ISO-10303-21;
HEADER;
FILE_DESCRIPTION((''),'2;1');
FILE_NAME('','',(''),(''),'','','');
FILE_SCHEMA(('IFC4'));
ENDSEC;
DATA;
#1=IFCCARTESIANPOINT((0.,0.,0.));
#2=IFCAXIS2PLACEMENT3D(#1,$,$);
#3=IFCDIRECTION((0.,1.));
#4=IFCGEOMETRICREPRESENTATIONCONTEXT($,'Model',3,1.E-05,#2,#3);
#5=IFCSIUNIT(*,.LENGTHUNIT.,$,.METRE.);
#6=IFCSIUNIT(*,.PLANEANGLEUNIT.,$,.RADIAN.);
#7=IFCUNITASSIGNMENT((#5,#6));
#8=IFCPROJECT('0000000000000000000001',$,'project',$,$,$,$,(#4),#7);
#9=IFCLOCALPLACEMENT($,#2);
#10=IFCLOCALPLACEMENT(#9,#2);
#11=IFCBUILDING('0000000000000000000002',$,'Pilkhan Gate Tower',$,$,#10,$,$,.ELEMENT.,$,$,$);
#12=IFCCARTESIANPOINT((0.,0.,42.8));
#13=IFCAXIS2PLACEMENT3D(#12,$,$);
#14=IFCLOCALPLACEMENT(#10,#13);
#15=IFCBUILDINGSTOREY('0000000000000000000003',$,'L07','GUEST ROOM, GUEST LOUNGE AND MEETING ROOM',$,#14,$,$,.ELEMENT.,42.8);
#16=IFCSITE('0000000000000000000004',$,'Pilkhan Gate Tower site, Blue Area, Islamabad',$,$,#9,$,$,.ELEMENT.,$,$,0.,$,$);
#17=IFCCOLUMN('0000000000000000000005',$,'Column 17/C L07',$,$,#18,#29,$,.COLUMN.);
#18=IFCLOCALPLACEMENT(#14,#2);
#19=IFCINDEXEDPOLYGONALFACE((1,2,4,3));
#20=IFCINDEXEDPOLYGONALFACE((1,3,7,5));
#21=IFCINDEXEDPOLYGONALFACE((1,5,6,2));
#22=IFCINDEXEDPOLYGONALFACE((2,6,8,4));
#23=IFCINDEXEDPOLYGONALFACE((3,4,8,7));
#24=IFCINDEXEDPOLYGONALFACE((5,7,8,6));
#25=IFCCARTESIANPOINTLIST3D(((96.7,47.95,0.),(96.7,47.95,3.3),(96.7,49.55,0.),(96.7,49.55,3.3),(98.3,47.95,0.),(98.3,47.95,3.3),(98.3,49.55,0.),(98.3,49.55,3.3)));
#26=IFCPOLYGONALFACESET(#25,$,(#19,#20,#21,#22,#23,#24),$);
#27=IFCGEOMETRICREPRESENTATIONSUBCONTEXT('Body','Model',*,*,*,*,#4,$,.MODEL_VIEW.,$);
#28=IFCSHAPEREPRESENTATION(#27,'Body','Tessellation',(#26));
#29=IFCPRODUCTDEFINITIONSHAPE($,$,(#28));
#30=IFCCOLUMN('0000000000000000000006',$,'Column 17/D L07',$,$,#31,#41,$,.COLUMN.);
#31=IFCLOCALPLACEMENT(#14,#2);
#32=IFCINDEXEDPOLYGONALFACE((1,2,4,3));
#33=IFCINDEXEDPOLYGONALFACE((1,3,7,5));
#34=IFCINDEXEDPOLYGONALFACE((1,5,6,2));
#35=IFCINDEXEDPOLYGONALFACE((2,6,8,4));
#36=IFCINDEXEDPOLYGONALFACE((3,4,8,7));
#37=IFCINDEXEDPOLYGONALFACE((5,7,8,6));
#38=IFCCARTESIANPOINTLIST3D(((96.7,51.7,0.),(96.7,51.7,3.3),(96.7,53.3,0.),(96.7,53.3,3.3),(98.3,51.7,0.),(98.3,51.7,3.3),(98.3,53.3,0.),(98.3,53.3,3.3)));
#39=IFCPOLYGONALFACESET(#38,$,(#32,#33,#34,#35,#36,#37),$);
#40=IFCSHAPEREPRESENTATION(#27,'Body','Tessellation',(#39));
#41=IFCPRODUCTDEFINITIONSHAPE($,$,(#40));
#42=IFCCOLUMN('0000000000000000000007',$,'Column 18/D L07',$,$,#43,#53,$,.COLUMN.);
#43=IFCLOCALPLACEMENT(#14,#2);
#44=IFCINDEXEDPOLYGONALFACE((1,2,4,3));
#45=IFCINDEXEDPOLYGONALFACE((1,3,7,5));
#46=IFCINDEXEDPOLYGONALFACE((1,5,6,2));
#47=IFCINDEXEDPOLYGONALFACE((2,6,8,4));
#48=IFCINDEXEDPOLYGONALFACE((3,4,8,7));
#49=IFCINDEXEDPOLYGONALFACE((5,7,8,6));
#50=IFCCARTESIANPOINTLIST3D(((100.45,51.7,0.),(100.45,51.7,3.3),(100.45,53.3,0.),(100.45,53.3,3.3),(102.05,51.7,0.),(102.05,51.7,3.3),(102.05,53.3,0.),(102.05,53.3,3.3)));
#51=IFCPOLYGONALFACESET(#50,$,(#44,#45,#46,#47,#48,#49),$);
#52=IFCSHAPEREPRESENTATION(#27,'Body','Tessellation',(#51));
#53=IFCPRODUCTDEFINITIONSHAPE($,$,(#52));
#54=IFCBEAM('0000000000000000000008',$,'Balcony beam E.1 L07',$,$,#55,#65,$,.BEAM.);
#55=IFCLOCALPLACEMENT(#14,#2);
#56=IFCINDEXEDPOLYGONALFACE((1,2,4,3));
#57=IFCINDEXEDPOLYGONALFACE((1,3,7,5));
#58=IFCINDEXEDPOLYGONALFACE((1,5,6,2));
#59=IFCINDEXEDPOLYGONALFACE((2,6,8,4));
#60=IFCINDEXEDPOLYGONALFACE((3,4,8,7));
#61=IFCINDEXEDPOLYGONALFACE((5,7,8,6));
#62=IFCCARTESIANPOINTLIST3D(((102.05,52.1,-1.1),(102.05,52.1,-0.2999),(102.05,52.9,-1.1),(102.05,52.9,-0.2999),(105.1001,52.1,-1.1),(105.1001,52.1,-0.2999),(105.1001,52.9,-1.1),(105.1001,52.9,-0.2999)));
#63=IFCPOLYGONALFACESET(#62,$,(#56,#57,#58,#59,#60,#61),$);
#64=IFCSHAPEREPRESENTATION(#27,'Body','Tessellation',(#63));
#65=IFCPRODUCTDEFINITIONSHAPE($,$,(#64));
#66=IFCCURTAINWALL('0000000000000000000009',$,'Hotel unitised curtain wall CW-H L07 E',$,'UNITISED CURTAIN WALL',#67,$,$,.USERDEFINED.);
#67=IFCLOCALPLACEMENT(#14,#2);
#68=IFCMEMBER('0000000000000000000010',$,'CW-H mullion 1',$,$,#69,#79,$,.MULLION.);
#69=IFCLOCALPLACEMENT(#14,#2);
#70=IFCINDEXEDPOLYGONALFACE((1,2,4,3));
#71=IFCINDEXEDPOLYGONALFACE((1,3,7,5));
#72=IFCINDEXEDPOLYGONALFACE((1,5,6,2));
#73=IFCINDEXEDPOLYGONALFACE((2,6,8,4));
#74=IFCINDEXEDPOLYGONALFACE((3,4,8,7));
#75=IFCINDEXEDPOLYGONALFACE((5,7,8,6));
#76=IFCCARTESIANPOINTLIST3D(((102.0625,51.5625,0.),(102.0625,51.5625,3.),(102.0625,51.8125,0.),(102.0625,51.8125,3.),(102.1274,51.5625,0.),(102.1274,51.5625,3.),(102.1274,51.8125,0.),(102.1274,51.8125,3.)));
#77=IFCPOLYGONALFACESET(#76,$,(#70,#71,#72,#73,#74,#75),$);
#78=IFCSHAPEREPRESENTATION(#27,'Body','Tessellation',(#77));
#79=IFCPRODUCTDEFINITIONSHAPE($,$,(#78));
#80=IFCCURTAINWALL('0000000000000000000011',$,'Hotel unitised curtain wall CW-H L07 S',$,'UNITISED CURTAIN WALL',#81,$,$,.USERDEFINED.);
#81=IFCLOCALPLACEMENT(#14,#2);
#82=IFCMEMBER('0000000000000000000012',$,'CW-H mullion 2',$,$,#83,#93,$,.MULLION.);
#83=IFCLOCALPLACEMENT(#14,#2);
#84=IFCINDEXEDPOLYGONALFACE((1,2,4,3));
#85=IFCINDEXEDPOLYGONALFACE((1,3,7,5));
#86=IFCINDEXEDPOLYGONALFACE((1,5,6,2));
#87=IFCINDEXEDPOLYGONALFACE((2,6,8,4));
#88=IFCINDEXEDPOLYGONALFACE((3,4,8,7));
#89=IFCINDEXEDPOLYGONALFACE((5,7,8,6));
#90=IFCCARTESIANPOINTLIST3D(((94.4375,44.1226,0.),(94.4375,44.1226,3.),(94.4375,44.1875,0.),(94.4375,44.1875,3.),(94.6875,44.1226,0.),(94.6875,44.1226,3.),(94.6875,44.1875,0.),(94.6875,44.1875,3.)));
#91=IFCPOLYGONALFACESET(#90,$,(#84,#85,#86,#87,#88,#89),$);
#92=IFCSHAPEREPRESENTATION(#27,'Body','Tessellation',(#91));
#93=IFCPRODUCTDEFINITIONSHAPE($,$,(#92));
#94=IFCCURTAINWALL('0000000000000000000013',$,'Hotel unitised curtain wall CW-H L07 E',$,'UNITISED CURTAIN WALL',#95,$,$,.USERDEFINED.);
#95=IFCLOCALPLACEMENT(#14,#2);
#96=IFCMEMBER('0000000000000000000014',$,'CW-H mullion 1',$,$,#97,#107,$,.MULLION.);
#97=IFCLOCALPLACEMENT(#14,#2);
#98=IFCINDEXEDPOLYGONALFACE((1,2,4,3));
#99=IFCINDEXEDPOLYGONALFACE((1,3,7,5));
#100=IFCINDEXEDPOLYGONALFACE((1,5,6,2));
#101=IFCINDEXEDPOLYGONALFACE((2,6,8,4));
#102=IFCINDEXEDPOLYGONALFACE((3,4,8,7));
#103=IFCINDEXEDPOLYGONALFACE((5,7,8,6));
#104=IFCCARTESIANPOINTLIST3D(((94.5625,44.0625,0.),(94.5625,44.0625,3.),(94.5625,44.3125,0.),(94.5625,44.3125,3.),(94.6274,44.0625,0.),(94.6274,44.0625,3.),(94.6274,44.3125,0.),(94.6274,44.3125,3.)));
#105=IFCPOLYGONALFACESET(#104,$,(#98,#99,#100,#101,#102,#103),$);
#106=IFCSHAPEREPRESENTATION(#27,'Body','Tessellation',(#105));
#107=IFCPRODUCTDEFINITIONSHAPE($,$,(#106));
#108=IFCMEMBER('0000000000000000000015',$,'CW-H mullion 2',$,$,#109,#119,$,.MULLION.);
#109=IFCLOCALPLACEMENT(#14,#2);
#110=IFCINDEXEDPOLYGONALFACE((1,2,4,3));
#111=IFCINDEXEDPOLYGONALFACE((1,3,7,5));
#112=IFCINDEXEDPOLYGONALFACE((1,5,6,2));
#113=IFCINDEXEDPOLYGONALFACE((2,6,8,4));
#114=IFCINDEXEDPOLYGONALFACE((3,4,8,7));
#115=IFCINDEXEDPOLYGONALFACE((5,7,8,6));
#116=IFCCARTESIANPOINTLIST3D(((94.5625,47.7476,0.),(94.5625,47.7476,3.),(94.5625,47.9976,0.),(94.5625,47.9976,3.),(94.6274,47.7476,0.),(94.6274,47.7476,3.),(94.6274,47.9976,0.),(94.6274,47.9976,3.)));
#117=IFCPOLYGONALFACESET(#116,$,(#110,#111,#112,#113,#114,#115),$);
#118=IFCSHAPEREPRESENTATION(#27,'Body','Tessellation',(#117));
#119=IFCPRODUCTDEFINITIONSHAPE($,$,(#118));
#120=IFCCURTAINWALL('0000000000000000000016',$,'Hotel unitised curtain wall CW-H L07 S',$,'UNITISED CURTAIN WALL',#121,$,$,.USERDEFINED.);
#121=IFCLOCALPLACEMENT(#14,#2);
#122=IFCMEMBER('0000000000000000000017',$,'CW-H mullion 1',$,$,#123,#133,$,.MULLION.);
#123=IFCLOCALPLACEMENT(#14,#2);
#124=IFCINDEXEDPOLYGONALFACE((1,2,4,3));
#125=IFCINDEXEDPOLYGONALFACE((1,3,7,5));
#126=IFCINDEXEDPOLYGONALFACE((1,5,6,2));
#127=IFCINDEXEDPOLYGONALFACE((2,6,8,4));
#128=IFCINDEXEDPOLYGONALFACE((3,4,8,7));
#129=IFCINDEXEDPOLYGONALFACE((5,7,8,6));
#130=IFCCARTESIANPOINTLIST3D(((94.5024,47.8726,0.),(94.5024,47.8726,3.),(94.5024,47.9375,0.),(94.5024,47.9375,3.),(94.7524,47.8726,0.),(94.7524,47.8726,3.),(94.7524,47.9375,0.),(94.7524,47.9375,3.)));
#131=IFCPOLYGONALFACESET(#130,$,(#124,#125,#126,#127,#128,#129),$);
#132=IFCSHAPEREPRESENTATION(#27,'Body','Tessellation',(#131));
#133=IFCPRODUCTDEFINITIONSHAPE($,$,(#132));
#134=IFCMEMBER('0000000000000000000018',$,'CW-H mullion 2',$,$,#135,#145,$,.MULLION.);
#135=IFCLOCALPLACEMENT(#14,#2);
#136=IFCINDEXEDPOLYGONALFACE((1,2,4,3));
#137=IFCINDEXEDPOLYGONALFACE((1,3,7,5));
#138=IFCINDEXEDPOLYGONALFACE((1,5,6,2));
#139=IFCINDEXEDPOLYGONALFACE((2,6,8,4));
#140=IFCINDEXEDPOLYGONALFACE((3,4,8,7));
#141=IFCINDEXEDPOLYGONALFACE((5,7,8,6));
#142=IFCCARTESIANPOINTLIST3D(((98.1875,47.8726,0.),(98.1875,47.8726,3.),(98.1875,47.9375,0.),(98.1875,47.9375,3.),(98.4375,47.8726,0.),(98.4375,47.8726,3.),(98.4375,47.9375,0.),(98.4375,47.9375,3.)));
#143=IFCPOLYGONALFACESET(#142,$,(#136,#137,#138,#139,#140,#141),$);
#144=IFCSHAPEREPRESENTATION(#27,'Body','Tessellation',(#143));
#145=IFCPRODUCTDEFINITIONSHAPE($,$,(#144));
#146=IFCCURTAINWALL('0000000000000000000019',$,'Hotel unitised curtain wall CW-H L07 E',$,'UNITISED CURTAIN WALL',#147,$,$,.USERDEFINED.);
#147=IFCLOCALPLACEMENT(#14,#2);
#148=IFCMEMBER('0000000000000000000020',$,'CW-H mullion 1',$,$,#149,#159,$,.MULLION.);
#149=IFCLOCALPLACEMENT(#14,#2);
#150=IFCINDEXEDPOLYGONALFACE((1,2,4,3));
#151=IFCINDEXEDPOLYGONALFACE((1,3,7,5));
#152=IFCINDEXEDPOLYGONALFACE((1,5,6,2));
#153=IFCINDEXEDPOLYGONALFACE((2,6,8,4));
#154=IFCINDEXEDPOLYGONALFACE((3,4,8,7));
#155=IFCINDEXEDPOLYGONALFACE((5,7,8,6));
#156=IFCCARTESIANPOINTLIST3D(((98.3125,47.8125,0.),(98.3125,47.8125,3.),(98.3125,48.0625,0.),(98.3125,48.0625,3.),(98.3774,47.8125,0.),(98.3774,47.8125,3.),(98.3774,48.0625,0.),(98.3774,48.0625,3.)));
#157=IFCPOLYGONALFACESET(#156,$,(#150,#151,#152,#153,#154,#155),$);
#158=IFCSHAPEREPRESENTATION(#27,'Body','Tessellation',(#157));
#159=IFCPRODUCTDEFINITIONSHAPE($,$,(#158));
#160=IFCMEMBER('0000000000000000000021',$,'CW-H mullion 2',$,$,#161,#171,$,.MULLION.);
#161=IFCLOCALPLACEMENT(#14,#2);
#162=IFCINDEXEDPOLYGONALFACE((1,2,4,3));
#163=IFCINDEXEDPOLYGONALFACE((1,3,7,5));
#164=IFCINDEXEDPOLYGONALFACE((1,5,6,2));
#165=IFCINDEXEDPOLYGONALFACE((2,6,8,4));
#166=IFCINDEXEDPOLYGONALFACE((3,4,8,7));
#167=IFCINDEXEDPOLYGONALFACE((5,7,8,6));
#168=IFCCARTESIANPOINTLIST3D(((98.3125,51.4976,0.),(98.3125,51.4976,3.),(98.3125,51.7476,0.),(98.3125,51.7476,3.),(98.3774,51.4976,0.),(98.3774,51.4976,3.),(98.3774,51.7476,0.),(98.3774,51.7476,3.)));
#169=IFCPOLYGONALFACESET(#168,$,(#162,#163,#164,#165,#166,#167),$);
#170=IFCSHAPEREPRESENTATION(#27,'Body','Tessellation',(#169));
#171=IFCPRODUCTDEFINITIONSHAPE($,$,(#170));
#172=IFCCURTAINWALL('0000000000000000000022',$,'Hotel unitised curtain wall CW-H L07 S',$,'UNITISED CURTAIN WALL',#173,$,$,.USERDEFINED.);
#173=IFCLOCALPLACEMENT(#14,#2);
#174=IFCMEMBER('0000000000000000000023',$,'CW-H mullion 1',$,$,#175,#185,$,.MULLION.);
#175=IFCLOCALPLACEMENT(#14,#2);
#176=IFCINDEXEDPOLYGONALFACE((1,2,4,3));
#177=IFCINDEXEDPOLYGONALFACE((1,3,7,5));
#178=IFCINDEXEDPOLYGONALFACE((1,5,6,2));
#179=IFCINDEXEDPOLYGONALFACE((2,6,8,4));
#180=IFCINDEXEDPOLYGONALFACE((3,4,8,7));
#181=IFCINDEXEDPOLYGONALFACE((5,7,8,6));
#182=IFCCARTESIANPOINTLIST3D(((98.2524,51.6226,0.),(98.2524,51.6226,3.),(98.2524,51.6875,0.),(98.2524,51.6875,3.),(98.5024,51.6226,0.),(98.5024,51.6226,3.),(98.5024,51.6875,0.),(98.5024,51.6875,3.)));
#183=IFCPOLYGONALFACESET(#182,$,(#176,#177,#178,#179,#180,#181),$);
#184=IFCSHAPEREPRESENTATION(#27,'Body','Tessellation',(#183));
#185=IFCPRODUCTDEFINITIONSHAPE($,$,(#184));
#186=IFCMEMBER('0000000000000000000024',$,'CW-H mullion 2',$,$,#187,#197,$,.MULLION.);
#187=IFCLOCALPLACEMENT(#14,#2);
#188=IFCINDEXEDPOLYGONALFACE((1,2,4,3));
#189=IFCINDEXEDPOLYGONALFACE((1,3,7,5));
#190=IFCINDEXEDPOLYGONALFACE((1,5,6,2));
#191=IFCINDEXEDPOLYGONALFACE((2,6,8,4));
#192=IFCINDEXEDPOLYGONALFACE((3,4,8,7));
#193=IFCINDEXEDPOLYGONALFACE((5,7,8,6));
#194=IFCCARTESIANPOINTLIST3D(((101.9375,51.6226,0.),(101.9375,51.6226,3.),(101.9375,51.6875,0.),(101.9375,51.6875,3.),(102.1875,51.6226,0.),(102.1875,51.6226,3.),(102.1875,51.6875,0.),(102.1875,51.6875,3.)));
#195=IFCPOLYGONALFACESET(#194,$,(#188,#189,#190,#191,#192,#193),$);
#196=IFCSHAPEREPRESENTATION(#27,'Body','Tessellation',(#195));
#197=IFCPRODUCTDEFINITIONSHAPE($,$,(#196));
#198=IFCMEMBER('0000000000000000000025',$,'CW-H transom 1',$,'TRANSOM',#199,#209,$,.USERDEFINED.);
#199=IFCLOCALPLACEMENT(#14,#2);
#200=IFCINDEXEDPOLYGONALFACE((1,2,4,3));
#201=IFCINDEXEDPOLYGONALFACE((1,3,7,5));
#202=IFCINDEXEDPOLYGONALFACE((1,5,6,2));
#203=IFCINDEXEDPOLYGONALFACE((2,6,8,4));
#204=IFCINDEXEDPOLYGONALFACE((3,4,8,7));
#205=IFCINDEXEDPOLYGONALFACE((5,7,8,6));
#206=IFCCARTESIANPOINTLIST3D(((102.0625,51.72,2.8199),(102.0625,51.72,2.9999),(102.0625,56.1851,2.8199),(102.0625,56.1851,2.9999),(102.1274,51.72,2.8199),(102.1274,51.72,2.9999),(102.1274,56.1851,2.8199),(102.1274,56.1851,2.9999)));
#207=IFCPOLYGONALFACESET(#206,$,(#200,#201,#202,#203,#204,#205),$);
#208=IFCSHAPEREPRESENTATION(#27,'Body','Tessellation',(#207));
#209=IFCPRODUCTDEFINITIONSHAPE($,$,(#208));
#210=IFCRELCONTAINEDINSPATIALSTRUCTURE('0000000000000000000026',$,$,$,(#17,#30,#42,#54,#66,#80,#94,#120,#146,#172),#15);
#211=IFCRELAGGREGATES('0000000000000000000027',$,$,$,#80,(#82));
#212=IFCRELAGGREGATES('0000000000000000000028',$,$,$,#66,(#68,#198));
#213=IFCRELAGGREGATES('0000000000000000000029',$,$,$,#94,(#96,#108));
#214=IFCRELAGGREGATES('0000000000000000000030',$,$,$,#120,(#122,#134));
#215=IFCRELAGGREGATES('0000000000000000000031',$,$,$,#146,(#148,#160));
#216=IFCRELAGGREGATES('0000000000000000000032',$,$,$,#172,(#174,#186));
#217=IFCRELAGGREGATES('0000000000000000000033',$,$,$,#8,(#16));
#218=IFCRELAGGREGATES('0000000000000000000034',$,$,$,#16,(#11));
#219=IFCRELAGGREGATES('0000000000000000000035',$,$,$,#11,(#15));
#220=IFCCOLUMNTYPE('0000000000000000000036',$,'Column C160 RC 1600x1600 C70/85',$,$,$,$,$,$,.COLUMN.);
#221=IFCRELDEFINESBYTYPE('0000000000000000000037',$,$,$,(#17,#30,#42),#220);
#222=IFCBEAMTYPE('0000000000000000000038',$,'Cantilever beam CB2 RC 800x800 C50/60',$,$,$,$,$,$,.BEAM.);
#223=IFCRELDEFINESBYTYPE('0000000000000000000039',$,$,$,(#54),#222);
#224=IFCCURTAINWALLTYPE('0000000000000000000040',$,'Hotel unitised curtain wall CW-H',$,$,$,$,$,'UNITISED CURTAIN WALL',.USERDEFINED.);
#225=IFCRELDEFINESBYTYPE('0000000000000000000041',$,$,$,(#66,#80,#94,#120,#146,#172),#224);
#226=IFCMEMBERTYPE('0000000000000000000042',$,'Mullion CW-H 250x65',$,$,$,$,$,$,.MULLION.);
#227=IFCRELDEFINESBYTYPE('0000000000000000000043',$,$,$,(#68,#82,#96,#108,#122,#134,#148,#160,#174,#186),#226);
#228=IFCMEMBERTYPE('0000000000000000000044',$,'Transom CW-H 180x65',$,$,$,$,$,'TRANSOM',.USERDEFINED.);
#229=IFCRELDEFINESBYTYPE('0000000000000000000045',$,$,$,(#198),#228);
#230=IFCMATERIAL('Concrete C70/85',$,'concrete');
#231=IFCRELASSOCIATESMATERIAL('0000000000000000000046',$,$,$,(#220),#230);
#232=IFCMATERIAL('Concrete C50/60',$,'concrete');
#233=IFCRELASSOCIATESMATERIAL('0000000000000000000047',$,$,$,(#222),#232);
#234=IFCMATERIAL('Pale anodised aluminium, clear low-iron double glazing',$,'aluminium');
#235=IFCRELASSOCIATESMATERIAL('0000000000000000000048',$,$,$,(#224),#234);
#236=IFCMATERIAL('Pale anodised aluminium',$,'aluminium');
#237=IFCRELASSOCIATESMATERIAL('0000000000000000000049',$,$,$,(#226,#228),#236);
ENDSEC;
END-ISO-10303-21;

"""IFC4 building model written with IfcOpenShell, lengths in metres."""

from ifc_helpers import new_model, si_unit, direction, frame, origin, origin_2d, place, context, subcontext, project, spatial, rectangle, extrude, material, material_profile, profile_set, type_object, element, aggregate, save


model = new_model("IFC4")

# Units and contexts
model_context = context("Model", 3, precision=1e-05, world=origin(), true_north=direction((0.0, 1.0)))
body_context = subcontext(model_context, "Body", "Model", "MODEL_VIEW")
ifc_project = project(units=[si_unit("LENGTHUNIT", "METRE"), si_unit("PLANEANGLEUNIT", "RADIAN")], contexts=[model_context])

# Site, building, storey
site_placement = place(None, origin())
site = spatial("IfcSite", under=ifc_project, at=site_placement, Name="Pilkhan Gate Tower site, Blue Area, Islamabad", CompositionType="ELEMENT", RefElevation=0.0)
building_placement = place(site_placement, origin())
building = spatial("IfcBuilding", under=site, at=building_placement, Name="Pilkhan Gate Tower", CompositionType="ELEMENT")
storey_placement = place(building_placement, frame((0.0, 0.0, 42.8)))
storey = spatial("IfcBuildingStorey", under=building, at=storey_placement, Name="L07", Description="GUEST ROOM, GUEST LOUNGE AND MEETING ROOM", CompositionType="ELEMENT", Elevation=42.8)

# Columns
ifc_material_1 = material(Name="Concrete C70/85", Category="concrete")
ifc_material_profile_1 = material_profile(ifc_material_1, rectangle(XDim=1.6001, YDim=1.6001, at=origin_2d()), Name="RC 1600x1600")
ifc_profile_set_1 = profile_set([ifc_material_profile_1], Name="Concrete C70/85")
column_type = type_object("IfcColumnType", Name="Column C160 RC 1600x1600 C70/85", PredefinedType="COLUMN", material=ifc_profile_set_1)
for number, where, z_axis, x_axis, name in (
    (1, (97.5, 48.75, 0.0), (0.0, 0.0, 1.0), (1.0, 0.0, 0.0), "Column 17/C L07"),
    (2, (97.5, 52.5, 0.0), (0.0, 0.0, 1.0), (1.0, 0.0, 0.0), "Column 17/D L07"),
    (3, (101.25, 52.5, 0.0), (0.0, 0.0, 1.0), (1.0, 0.0, 0.0), "Column 18/D L07"),
):
    element("IfcColumn", number, at=place(storey_placement, frame(where, z_axis=z_axis, x_axis=x_axis)), inside=storey, type_object=column_type, Name=name, PredefinedType="COLUMN", context=body_context, shape_type="SweptSolid", body=[
        extrude(rectangle(XDim=1.6001, YDim=1.6001, at=origin_2d()), origin(), (0.0, 0.0, 1.0), 3.3),
    ])

# Beam
ifc_material_2 = material(Name="Concrete C50/60", Category="concrete")
ifc_material_profile_2 = material_profile(ifc_material_2, rectangle(XDim=0.8, YDim=0.8, at=origin_2d()), Name="RC 800x800")
ifc_profile_set_2 = profile_set([ifc_material_profile_2], Name="Concrete C50/60")
beam_type = type_object("IfcBeamType", Name="Cantilever beam CB2 RC 800x800 C50/60", PredefinedType="BEAM", material=ifc_profile_set_2)
beam_placement = place(storey_placement, frame((102.05, 52.5, -0.7), z_axis=(1.0, 0.0, 0.0), x_axis=(0.0, 1.0, 0.0)))
element("IfcBeam", 4, at=beam_placement, inside=storey, type_object=beam_type, Name="Balcony beam E.1 L07", PredefinedType="BEAM", context=body_context, shape_type="SweptSolid", body=[
    extrude(rectangle(XDim=0.8, YDim=0.8, at=origin_2d()), origin(), (0.0, 0.0, 1.0), 3.05),
])

# Curtain walls, members
ifc_material_3 = material(Name="Pale anodised aluminium, clear low-iron double glazing", Category="aluminium")
curtain_wall_type = type_object("IfcCurtainWallType", Name="Hotel unitised curtain wall CW-H", ElementType="UNITISED CURTAIN WALL", PredefinedType="USERDEFINED", material=ifc_material_3)
curtain_wall_1_placement = place(storey_placement, origin())
curtain_wall_1 = element("IfcCurtainWall", 5, at=curtain_wall_1_placement, inside=storey, type_object=curtain_wall_type, Name="Hotel unitised curtain wall CW-H L07 E", ObjectType="UNITISED CURTAIN WALL", PredefinedType="USERDEFINED")
ifc_material_4 = material(Name="Pale anodised aluminium", Category="aluminium")
ifc_material_profile_3 = material_profile(ifc_material_4, rectangle(XDim=0.0649, YDim=0.25, at=origin_2d()), Name="Mullion 250x65")
ifc_profile_set_3 = profile_set([ifc_material_profile_3], Name="Pale anodised aluminium")
member_type_1 = type_object("IfcMemberType", Name="Mullion CW-H 250x65", PredefinedType="MULLION", material=ifc_profile_set_3)
member_1_placement = place(storey_placement, frame((102.095, 51.6875, 0.0), z_axis=(0.0, 0.0, 1.0), x_axis=(-1.0, 0.0, 0.0)))
member_1 = element("IfcMember", 6, at=member_1_placement, type_object=member_type_1, Name="CW-H mullion 1", PredefinedType="MULLION", context=body_context, shape_type="SweptSolid", body=[
    extrude(rectangle(XDim=0.0649, YDim=0.25, at=origin_2d()), origin(), (0.0, 0.0, 1.0), 3.0),
])
curtain_wall_2_placement = place(storey_placement, origin())
curtain_wall_2 = element("IfcCurtainWall", 7, at=curtain_wall_2_placement, inside=storey, type_object=curtain_wall_type, Name="Hotel unitised curtain wall CW-H L07 S", ObjectType="UNITISED CURTAIN WALL", PredefinedType="USERDEFINED")
member_2_placement = place(storey_placement, frame((94.5625, 44.155, 0.0), z_axis=(0.0, 0.0, 1.0), x_axis=(0.0, 1.0, 0.0)))
member_2 = element("IfcMember", 8, at=member_2_placement, type_object=member_type_1, Name="CW-H mullion 2", PredefinedType="MULLION", context=body_context, shape_type="SweptSolid", body=[
    extrude(rectangle(XDim=0.0649, YDim=0.25, at=origin_2d()), origin(), (0.0, 0.0, 1.0), 3.0),
])
aggregate(curtain_wall_2, [member_2])

# Curtain walls, members
curtain_wall_3_placement = place(storey_placement, origin())
curtain_wall_3 = element("IfcCurtainWall", 9, at=curtain_wall_3_placement, inside=storey, type_object=curtain_wall_type, Name="Hotel unitised curtain wall CW-H L07 E", ObjectType="UNITISED CURTAIN WALL", PredefinedType="USERDEFINED")
member_3_placement = place(storey_placement, frame((94.595, 44.1875, 0.0), z_axis=(0.0, 0.0, 1.0), x_axis=(-1.0, 0.0, 0.0)))
member_3 = element("IfcMember", 10, at=member_3_placement, type_object=member_type_1, Name="CW-H mullion 1", PredefinedType="MULLION", context=body_context, shape_type="SweptSolid", body=[
    extrude(rectangle(XDim=0.0649, YDim=0.25, at=origin_2d()), origin(), (0.0, 0.0, 1.0), 3.0),
])
member_4_placement = place(storey_placement, frame((94.595, 47.8726, 0.0), z_axis=(0.0, 0.0, 1.0), x_axis=(-1.0, 0.0, 0.0)))
member_4 = element("IfcMember", 11, at=member_4_placement, type_object=member_type_1, Name="CW-H mullion 2", PredefinedType="MULLION", context=body_context, shape_type="SweptSolid", body=[
    extrude(rectangle(XDim=0.0649, YDim=0.25, at=origin_2d()), origin(), (0.0, 0.0, 1.0), 3.0),
])
curtain_wall_4_placement = place(storey_placement, origin())
curtain_wall_4 = element("IfcCurtainWall", 12, at=curtain_wall_4_placement, inside=storey, type_object=curtain_wall_type, Name="Hotel unitised curtain wall CW-H L07 S", ObjectType="UNITISED CURTAIN WALL", PredefinedType="USERDEFINED")
member_5_placement = place(storey_placement, frame((94.6274, 47.905, 0.0), z_axis=(0.0, 0.0, 1.0), x_axis=(0.0, 1.0, 0.0)))
member_5 = element("IfcMember", 13, at=member_5_placement, type_object=member_type_1, Name="CW-H mullion 1", PredefinedType="MULLION", context=body_context, shape_type="SweptSolid", body=[
    extrude(rectangle(XDim=0.0649, YDim=0.25, at=origin_2d()), origin(), (0.0, 0.0, 1.0), 3.0),
])
member_6_placement = place(storey_placement, frame((98.3125, 47.905, 0.0), z_axis=(0.0, 0.0, 1.0), x_axis=(0.0, 1.0, 0.0)))
member_6 = element("IfcMember", 14, at=member_6_placement, type_object=member_type_1, Name="CW-H mullion 2", PredefinedType="MULLION", context=body_context, shape_type="SweptSolid", body=[
    extrude(rectangle(XDim=0.0649, YDim=0.25, at=origin_2d()), origin(), (0.0, 0.0, 1.0), 3.0),
])
curtain_wall_5_placement = place(storey_placement, origin())
curtain_wall_5 = element("IfcCurtainWall", 15, at=curtain_wall_5_placement, inside=storey, type_object=curtain_wall_type, Name="Hotel unitised curtain wall CW-H L07 E", ObjectType="UNITISED CURTAIN WALL", PredefinedType="USERDEFINED")
member_7_placement = place(storey_placement, frame((98.345, 47.9375, 0.0), z_axis=(0.0, 0.0, 1.0), x_axis=(-1.0, 0.0, 0.0)))
member_7 = element("IfcMember", 16, at=member_7_placement, type_object=member_type_1, Name="CW-H mullion 1", PredefinedType="MULLION", context=body_context, shape_type="SweptSolid", body=[
    extrude(rectangle(XDim=0.0649, YDim=0.25, at=origin_2d()), origin(), (0.0, 0.0, 1.0), 3.0),
])
member_8_placement = place(storey_placement, frame((98.345, 51.6226, 0.0), z_axis=(0.0, 0.0, 1.0), x_axis=(-1.0, 0.0, 0.0)))
member_8 = element("IfcMember", 17, at=member_8_placement, type_object=member_type_1, Name="CW-H mullion 2", PredefinedType="MULLION", context=body_context, shape_type="SweptSolid", body=[
    extrude(rectangle(XDim=0.0649, YDim=0.25, at=origin_2d()), origin(), (0.0, 0.0, 1.0), 3.0),
])
curtain_wall_6_placement = place(storey_placement, origin())
curtain_wall_6 = element("IfcCurtainWall", 18, at=curtain_wall_6_placement, inside=storey, type_object=curtain_wall_type, Name="Hotel unitised curtain wall CW-H L07 S", ObjectType="UNITISED CURTAIN WALL", PredefinedType="USERDEFINED")
member_9_placement = place(storey_placement, frame((98.3774, 51.655, 0.0), z_axis=(0.0, 0.0, 1.0), x_axis=(0.0, 1.0, 0.0)))
member_9 = element("IfcMember", 19, at=member_9_placement, type_object=member_type_1, Name="CW-H mullion 1", PredefinedType="MULLION", context=body_context, shape_type="SweptSolid", body=[
    extrude(rectangle(XDim=0.0649, YDim=0.25, at=origin_2d()), origin(), (0.0, 0.0, 1.0), 3.0),
])
member_10_placement = place(storey_placement, frame((102.0625, 51.655, 0.0), z_axis=(0.0, 0.0, 1.0), x_axis=(0.0, 1.0, 0.0)))
member_10 = element("IfcMember", 20, at=member_10_placement, type_object=member_type_1, Name="CW-H mullion 2", PredefinedType="MULLION", context=body_context, shape_type="SweptSolid", body=[
    extrude(rectangle(XDim=0.0649, YDim=0.25, at=origin_2d()), origin(), (0.0, 0.0, 1.0), 3.0),
])

# Member
ifc_material_profile_4 = material_profile(ifc_material_4, rectangle(XDim=0.0649, YDim=0.1799, at=origin_2d()), Name="Transom 180x65")
ifc_profile_set_4 = profile_set([ifc_material_profile_4], Name="Pale anodised aluminium")
member_type_2 = type_object("IfcMemberType", Name="Transom CW-H 180x65", ElementType="TRANSOM", PredefinedType="USERDEFINED", material=ifc_profile_set_4)
member_11_placement = place(storey_placement, frame((102.095, 51.72, 2.9099), z_axis=(0.0, 1.0, 0.0), x_axis=(-1.0, 0.0, 0.0)))
member_11 = element("IfcMember", 21, at=member_11_placement, type_object=member_type_2, Name="CW-H transom 1", ObjectType="TRANSOM", PredefinedType="USERDEFINED", context=body_context, shape_type="SweptSolid", body=[
    extrude(rectangle(XDim=0.0649, YDim=0.1799, at=origin_2d()), origin(), (0.0, 0.0, 1.0), 4.4651),
])

aggregate(curtain_wall_1, [member_1, member_11])
aggregate(curtain_wall_3, [member_3, member_4])
aggregate(curtain_wall_4, [member_5, member_6])
aggregate(curtain_wall_5, [member_7, member_8])
aggregate(curtain_wall_6, [member_9, member_10])

save(model, "model.ifc")
